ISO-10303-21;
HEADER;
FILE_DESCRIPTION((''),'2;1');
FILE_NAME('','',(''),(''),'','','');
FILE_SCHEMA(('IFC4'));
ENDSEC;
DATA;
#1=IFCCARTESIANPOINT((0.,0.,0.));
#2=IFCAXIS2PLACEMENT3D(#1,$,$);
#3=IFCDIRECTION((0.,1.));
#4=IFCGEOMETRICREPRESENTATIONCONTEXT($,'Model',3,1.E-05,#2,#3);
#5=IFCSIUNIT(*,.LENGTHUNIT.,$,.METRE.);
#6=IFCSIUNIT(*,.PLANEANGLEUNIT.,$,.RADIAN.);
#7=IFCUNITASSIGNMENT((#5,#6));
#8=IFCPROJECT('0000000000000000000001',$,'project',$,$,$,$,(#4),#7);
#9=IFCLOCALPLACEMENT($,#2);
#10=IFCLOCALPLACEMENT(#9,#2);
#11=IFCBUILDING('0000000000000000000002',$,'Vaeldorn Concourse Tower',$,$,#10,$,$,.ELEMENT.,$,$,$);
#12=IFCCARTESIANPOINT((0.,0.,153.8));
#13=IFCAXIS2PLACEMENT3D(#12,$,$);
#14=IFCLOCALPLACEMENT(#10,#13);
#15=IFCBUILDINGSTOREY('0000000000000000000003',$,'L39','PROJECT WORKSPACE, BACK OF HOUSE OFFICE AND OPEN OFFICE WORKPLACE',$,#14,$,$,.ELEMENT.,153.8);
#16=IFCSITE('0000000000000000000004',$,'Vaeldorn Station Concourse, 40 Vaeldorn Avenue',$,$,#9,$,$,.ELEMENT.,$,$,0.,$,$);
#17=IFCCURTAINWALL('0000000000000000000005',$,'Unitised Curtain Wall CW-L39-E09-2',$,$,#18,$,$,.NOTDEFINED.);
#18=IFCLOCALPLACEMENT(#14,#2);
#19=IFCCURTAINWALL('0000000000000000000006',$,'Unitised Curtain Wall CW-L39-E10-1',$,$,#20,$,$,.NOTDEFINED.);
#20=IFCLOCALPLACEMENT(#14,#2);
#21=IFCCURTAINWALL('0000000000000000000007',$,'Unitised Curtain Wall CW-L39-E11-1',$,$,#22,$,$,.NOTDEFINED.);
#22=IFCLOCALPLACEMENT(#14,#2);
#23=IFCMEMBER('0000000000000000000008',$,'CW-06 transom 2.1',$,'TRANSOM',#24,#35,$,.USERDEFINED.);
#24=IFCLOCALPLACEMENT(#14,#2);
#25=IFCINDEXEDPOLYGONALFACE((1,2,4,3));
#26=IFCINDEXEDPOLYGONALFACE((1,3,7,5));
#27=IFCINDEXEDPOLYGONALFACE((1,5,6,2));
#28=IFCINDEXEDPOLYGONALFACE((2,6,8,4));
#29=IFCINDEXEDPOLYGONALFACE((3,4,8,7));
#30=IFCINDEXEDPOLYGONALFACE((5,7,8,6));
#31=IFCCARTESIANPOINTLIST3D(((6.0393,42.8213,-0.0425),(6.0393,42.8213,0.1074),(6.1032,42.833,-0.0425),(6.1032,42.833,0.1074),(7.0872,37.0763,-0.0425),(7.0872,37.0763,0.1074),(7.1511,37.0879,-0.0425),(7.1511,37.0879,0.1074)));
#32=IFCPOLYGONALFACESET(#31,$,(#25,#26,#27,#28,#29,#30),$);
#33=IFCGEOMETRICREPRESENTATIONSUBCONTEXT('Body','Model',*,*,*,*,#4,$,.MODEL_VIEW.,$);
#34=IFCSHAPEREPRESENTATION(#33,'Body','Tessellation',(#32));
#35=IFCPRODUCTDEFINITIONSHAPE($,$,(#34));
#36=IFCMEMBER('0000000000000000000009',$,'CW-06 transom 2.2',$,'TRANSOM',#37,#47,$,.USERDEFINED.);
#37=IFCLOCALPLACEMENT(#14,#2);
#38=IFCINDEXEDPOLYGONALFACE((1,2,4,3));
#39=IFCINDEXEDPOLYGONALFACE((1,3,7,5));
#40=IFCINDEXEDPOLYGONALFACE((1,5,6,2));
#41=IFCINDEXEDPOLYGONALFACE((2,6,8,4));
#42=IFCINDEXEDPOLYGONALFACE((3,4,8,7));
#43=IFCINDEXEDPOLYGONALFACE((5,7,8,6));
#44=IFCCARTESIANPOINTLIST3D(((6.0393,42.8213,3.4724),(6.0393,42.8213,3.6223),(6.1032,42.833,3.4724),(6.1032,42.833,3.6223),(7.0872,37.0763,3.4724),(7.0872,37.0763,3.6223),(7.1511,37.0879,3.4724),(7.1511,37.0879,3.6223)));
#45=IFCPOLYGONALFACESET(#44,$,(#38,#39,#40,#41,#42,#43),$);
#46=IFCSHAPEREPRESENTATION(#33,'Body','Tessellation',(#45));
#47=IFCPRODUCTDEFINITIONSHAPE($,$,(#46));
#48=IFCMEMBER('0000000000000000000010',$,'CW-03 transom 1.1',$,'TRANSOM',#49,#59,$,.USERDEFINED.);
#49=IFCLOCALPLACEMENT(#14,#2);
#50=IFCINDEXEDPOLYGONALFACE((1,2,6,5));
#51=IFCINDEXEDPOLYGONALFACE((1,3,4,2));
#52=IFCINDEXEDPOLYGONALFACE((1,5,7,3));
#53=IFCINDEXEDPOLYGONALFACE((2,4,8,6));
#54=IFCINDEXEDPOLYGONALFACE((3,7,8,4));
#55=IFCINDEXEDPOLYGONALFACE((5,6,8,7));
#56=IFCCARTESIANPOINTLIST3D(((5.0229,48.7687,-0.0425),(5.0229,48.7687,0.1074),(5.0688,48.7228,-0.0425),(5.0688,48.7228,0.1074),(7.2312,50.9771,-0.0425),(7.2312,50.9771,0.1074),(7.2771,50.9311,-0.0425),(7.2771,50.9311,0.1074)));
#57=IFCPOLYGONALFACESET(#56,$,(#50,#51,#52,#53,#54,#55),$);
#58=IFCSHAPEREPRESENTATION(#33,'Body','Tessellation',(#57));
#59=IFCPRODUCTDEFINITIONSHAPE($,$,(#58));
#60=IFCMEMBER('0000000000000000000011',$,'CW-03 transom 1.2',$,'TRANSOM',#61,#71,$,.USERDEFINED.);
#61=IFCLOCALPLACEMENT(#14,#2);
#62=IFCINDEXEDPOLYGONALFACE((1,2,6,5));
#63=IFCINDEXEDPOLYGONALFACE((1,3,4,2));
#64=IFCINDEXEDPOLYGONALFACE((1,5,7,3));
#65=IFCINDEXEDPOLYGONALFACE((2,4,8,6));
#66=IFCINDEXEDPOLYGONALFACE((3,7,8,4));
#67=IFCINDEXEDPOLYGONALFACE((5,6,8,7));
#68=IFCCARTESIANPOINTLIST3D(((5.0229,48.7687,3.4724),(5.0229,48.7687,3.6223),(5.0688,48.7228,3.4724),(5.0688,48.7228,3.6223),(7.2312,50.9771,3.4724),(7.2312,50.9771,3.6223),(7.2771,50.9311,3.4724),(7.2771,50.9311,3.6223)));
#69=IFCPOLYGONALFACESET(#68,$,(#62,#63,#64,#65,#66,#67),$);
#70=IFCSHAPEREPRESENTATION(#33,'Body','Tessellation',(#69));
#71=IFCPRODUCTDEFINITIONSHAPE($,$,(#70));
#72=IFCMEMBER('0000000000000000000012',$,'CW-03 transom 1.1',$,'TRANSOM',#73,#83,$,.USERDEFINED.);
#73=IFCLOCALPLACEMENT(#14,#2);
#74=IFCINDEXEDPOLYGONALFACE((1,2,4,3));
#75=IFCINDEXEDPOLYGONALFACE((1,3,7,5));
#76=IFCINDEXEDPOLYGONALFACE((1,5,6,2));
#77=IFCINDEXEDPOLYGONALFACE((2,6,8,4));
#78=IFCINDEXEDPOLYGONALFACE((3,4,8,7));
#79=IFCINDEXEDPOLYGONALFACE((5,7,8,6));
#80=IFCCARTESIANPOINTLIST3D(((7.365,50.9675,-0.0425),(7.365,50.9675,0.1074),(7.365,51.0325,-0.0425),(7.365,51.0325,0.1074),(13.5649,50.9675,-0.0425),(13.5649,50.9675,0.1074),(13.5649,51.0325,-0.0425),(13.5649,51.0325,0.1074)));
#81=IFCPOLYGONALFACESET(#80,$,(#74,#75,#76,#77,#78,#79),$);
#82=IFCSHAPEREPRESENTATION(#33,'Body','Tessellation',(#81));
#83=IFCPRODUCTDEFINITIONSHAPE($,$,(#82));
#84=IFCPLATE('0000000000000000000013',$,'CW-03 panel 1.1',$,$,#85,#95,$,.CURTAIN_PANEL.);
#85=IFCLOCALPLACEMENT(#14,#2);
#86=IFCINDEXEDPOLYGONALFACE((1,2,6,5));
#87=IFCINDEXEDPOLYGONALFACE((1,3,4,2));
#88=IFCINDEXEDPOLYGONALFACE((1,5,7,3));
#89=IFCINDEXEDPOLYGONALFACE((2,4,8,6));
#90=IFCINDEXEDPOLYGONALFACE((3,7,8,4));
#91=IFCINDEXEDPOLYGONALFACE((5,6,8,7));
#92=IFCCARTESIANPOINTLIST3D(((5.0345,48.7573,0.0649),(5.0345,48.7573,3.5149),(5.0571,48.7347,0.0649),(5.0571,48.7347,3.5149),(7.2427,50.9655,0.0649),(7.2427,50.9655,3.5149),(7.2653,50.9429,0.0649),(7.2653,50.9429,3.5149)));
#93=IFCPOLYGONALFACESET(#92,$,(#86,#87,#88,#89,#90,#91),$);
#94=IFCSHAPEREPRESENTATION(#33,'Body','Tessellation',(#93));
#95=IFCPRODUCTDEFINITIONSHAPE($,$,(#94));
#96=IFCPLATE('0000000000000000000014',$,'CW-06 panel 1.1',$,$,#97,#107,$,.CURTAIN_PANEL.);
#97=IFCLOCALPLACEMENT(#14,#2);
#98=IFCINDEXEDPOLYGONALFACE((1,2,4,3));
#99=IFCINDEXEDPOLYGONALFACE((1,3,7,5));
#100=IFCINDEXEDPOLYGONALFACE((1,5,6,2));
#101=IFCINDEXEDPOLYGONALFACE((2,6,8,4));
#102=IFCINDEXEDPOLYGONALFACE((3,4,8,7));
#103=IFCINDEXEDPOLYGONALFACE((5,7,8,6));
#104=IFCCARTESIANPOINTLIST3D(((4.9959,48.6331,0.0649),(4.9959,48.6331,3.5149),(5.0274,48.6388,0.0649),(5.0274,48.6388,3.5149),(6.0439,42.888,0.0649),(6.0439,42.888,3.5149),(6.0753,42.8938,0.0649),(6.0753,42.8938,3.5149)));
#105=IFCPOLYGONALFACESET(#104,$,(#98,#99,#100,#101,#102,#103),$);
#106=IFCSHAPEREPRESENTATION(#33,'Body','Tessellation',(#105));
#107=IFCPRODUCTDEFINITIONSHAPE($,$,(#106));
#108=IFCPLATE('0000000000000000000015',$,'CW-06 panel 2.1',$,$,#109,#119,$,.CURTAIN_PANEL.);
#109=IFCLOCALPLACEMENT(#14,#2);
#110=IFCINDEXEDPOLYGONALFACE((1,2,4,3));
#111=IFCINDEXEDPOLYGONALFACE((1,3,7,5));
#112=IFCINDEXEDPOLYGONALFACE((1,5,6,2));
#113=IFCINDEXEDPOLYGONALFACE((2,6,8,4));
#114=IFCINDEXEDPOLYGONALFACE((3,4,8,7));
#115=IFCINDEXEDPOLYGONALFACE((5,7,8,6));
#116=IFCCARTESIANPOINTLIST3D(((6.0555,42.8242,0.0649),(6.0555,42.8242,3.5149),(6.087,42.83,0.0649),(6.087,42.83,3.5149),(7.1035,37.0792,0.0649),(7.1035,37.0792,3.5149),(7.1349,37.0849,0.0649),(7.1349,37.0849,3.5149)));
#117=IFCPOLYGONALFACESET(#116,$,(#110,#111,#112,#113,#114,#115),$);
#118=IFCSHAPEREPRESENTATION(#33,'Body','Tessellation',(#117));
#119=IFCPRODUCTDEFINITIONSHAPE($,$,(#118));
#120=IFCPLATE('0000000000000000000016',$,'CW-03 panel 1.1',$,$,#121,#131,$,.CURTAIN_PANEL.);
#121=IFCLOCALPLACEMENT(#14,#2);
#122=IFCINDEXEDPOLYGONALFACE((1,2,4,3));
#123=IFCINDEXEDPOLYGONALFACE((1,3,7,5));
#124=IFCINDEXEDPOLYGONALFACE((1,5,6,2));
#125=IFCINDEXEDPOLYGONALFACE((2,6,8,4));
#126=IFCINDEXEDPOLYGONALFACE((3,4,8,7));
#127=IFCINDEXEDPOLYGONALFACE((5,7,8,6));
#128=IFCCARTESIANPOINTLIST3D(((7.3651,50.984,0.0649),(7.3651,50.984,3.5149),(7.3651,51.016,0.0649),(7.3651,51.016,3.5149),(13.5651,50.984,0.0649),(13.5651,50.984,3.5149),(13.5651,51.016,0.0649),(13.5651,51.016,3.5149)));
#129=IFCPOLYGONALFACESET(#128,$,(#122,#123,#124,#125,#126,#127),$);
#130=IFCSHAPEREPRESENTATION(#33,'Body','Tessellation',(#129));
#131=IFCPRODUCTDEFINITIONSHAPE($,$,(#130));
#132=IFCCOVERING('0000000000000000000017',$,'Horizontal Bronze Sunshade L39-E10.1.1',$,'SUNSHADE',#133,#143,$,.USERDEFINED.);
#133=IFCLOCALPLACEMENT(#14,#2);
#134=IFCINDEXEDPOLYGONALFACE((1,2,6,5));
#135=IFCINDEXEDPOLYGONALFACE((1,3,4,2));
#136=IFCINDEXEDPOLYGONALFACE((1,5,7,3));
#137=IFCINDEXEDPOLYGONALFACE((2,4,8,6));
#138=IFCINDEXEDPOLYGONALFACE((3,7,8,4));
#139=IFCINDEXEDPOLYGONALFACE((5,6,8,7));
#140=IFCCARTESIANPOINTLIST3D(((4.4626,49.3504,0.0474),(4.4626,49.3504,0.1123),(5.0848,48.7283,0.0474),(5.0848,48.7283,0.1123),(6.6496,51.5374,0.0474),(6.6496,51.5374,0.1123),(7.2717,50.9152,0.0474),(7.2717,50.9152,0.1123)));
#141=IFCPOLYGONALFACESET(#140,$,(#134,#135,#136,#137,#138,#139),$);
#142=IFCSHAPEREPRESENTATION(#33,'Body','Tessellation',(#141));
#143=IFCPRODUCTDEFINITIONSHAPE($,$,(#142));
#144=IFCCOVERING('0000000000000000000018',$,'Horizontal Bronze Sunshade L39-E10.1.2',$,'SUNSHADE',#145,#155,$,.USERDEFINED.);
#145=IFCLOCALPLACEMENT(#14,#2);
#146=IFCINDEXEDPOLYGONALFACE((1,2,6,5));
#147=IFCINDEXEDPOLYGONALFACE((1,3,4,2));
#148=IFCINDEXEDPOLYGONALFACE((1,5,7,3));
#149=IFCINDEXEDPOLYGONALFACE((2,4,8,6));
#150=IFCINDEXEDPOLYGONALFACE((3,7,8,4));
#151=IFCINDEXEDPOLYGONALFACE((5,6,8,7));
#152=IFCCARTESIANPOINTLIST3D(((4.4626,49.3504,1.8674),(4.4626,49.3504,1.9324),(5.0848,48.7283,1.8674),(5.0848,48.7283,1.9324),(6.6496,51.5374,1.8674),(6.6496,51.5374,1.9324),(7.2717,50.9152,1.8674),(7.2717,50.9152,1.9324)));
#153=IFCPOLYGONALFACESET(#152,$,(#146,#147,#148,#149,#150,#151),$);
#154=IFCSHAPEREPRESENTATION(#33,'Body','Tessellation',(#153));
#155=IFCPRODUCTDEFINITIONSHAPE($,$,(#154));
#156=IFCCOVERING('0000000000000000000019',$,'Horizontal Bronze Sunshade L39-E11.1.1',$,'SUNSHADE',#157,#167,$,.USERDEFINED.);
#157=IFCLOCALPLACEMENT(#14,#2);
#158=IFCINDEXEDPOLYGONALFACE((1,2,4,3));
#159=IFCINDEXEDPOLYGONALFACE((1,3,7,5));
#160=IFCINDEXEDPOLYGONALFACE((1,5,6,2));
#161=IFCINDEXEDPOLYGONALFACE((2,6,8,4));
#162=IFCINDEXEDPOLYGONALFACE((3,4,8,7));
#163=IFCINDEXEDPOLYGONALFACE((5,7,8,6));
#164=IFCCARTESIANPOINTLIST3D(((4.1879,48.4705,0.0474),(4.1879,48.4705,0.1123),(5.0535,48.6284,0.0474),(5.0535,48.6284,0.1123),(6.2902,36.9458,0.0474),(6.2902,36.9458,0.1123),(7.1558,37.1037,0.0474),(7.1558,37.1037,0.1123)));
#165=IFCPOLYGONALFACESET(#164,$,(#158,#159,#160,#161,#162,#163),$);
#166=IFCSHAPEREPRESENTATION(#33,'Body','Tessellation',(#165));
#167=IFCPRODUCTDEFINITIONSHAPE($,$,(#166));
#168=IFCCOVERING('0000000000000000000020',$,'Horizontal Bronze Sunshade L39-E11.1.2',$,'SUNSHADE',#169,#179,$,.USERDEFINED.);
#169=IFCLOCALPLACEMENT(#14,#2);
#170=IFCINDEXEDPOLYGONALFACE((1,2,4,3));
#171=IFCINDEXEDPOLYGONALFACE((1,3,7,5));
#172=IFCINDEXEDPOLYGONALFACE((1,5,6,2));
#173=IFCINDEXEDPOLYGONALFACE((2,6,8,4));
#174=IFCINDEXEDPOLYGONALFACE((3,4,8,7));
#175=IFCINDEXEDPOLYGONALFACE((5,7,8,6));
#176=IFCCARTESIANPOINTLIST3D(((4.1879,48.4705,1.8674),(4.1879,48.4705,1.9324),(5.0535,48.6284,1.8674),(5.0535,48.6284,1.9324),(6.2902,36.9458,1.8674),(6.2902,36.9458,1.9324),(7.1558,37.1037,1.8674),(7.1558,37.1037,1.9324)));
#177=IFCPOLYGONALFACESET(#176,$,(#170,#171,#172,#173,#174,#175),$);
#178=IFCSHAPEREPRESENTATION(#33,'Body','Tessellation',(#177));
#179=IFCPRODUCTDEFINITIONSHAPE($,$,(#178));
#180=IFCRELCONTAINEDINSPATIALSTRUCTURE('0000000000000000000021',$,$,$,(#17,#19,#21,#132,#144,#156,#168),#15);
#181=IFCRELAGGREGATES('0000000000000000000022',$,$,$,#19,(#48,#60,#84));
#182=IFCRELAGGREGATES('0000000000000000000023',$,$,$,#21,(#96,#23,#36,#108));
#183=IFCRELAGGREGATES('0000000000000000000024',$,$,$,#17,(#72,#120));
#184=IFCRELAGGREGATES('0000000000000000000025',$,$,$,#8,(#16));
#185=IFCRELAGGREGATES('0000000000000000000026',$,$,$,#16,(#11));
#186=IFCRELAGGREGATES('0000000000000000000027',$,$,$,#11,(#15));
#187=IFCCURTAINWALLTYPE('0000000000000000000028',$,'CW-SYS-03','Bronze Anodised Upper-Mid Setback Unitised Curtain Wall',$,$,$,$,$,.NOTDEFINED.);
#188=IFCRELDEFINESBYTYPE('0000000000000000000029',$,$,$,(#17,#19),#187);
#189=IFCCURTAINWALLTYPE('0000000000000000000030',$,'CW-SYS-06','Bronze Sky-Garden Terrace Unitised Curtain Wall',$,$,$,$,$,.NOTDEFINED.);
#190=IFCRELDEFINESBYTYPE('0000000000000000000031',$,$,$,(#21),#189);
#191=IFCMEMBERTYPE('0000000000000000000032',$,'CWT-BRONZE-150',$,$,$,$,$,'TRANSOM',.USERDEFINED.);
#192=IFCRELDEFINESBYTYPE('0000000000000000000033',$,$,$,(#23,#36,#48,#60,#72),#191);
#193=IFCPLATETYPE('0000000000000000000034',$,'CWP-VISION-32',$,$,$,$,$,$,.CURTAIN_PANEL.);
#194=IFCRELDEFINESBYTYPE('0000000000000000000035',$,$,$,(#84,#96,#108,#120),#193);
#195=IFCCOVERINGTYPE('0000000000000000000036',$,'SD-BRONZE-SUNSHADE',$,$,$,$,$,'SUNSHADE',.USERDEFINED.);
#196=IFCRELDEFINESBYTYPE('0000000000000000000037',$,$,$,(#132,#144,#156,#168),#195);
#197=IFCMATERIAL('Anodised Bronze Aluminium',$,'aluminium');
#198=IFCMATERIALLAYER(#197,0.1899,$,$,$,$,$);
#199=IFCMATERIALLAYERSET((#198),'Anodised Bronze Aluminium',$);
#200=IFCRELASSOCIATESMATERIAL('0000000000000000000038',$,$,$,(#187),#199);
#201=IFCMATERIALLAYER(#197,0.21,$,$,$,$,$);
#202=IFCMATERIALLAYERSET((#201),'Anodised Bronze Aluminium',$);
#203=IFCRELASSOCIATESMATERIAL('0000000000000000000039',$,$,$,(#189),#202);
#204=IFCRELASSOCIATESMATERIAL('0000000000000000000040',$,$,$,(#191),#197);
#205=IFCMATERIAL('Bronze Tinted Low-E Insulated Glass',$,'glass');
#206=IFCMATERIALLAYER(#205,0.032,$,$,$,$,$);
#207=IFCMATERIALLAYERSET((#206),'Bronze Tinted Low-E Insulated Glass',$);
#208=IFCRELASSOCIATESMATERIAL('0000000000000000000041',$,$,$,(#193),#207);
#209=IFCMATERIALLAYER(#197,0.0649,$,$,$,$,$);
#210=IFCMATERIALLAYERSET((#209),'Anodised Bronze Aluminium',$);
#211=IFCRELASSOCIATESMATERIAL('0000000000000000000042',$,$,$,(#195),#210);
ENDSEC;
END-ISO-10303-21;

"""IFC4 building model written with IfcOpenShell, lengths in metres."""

from ifc_helpers import new_model, si_unit, direction, frame, origin, origin_2d, place, context, subcontext, project, spatial, rectangle, extrude, source, transform, mapped, material, layer, layer_set, material_profile, profile_set, type_object, element, aggregate, save


model = new_model("IFC4")

# Units and contexts
model_context = context("Model", 3, precision=1e-05, world=origin(), true_north=direction((0.0, 1.0)))
body_context = subcontext(model_context, "Body", "Model", "MODEL_VIEW")
ifc_project = project(units=[si_unit("LENGTHUNIT", "METRE"), si_unit("PLANEANGLEUNIT", "RADIAN")], contexts=[model_context])

# Site, building, storey
site_placement = place(None, origin())
site = spatial("IfcSite", under=ifc_project, at=site_placement, Name="Vaeldorn Station Concourse, 40 Vaeldorn Avenue", CompositionType="ELEMENT", RefElevation=0.0)
building_placement = place(site_placement, origin())
building = spatial("IfcBuilding", under=site, at=building_placement, Name="Vaeldorn Concourse Tower", CompositionType="ELEMENT")
storey_placement = place(building_placement, frame((0.0, 0.0, 153.8)))
storey = spatial("IfcBuildingStorey", under=building, at=storey_placement, Name="L39", Description="PROJECT WORKSPACE, BACK OF HOUSE OFFICE AND OPEN OFFICE WORKPLACE", CompositionType="ELEMENT", Elevation=153.8)

# Curtain wall
ifc_material_1 = material(Name="Anodised Bronze Aluminium", Category="aluminium")
ifc_layer_1 = layer(ifc_material_1, 0.1899)
ifc_layer_set_1 = layer_set([ifc_layer_1], Name="Anodised Bronze Aluminium")
curtain_wall_type_1 = type_object("IfcCurtainWallType", Name="CW-SYS-03", Description="Bronze Anodised Upper-Mid Setback Unitised Curtain Wall", PredefinedType="NOTDEFINED", material=ifc_layer_set_1)
curtain_wall_1_placement = place(storey_placement, origin())
curtain_wall_1 = element("IfcCurtainWall", 1, at=curtain_wall_1_placement, inside=storey, type_object=curtain_wall_type_1, Name="Unitised Curtain Wall CW-L39-E09-2", PredefinedType="NOTDEFINED")

# Curtain walls, members
curtain_wall_2_placement = place(storey_placement, origin())
curtain_wall_2 = element("IfcCurtainWall", 2, at=curtain_wall_2_placement, inside=storey, type_object=curtain_wall_type_1, Name="Unitised Curtain Wall CW-L39-E10-1", PredefinedType="NOTDEFINED")
ifc_layer_2 = layer(ifc_material_1, 0.21)
ifc_layer_set_2 = layer_set([ifc_layer_2], Name="Anodised Bronze Aluminium")
curtain_wall_type_2 = type_object("IfcCurtainWallType", Name="CW-SYS-06", Description="Bronze Sky-Garden Terrace Unitised Curtain Wall", PredefinedType="NOTDEFINED", material=ifc_layer_set_2)
curtain_wall_3_placement = place(storey_placement, origin())
curtain_wall_3 = element("IfcCurtainWall", 3, at=curtain_wall_3_placement, inside=storey, type_object=curtain_wall_type_2, Name="Unitised Curtain Wall CW-L39-E11-1", PredefinedType="NOTDEFINED")
ifc_material_profile_1 = material_profile(ifc_material_1, rectangle(XDim=0.0649, YDim=0.1499, at=origin_2d()), Name="CWT 65x150")
ifc_profile_set_1 = profile_set([ifc_material_profile_1], Name="Anodised Bronze Aluminium")
member_type_1 = type_object("IfcMemberType", Name="CWT-BRONZE-150", ElementType="TRANSOM", PredefinedType="USERDEFINED", material=ifc_profile_set_1)
shared_shape_1 = source(origin(), body_context, "Body", "SweptSolid", [
    extrude(rectangle(XDim=0.0649, YDim=0.1499, at=origin_2d()), origin(), (0.0, 0.0, 1.0), 5.8398),
])
member_1_placement = place(storey_placement, frame((6.0713, 42.8271, 0.0325), z_axis=(0.17943, -0.983771, 0.0), x_axis=(0.983771, 0.17943, 0.0)))
member_1 = element("IfcMember", 4, at=member_1_placement, type_object=member_type_1, Name="CW-06 transom 2.1", ObjectType="TRANSOM", PredefinedType="USERDEFINED", context=body_context, shape_type="MappedRepresentation", body=[
    mapped(shared_shape_1, transform((0.0, 0.0, 0.0), scale=1.0)),
])
member_2_placement = place(storey_placement, frame((6.0713, 42.8271, 3.5474), z_axis=(0.17943, -0.983771, 0.0), x_axis=(0.983771, 0.17943, 0.0)))
member_2 = element("IfcMember", 5, at=member_2_placement, type_object=member_type_1, Name="CW-06 transom 2.2", ObjectType="TRANSOM", PredefinedType="USERDEFINED", context=body_context, shape_type="MappedRepresentation", body=[
    mapped(shared_shape_1, transform((0.0, 0.0, 0.0), scale=1.0)),
])

# Members
shared_shape_2 = source(origin(), body_context, "Body", "SweptSolid", [
    extrude(rectangle(XDim=0.0649, YDim=0.1499, at=origin_2d()), origin(), (0.0, 0.0, 1.0), 3.123),
])
member_3_placement = place(storey_placement, frame((7.2542, 50.9541, 0.0325), z_axis=(-0.707107, -0.707107, 0.0), x_axis=(0.707107, -0.707107, 0.0)))
member_3 = element("IfcMember", 6, at=member_3_placement, type_object=member_type_1, Name="CW-03 transom 1.1", ObjectType="TRANSOM", PredefinedType="USERDEFINED", context=body_context, shape_type="MappedRepresentation", body=[
    mapped(shared_shape_2, transform((0.0, 0.0, 0.0), scale=1.0)),
])
member_4_placement = place(storey_placement, frame((7.2542, 50.9541, 3.5474), z_axis=(-0.707107, -0.707107, 0.0), x_axis=(0.707107, -0.707107, 0.0)))
member_4 = element("IfcMember", 7, at=member_4_placement, type_object=member_type_1, Name="CW-03 transom 1.2", ObjectType="TRANSOM", PredefinedType="USERDEFINED", context=body_context, shape_type="MappedRepresentation", body=[
    mapped(shared_shape_2, transform((0.0, 0.0, 0.0), scale=1.0)),
])
shared_shape_3 = source(origin(), body_context, "Body", "SweptSolid", [
    extrude(rectangle(XDim=0.0649, YDim=0.1499, at=origin_2d()), origin(), (0.0, 0.0, 1.0), 6.2),
])
member_5_placement = place(storey_placement, frame((13.5649, 51.0, 0.0325), z_axis=(-1.0, 0.0, 0.0), x_axis=(0.0, -1.0, 0.0)))
member_5 = element("IfcMember", 8, at=member_5_placement, type_object=member_type_1, Name="CW-03 transom 1.1", ObjectType="TRANSOM", PredefinedType="USERDEFINED", context=body_context, shape_type="MappedRepresentation", body=[
    mapped(shared_shape_3, transform((0.0, 0.0, 0.0), scale=1.0)),
])

# Plates
ifc_material_2 = material(Name="Bronze Tinted Low-E Insulated Glass", Category="glass")
ifc_layer_3 = layer(ifc_material_2, 0.032)
ifc_layer_set_3 = layer_set([ifc_layer_3], Name="Bronze Tinted Low-E Insulated Glass")
plate_type = type_object("IfcPlateType", Name="CWP-VISION-32", PredefinedType="CURTAIN_PANEL", material=ifc_layer_set_3)
shared_shape_4 = source(origin(), body_context, "Body", "SweptSolid", [
    extrude(rectangle(XDim=3.1228, YDim=0.032, at=origin_2d()), origin(), (0.0, 0.0, 1.0), 3.45),
])
plate_1_placement = place(storey_placement, frame((6.1499, 49.8501, 0.0649), z_axis=(0.0, 0.0, 1.0), x_axis=(-0.707107, -0.707107, 0.0)))
plate_1 = element("IfcPlate", 9, at=plate_1_placement, type_object=plate_type, Name="CW-03 panel 1.1", PredefinedType="CURTAIN_PANEL", context=body_context, shape_type="MappedRepresentation", body=[
    mapped(shared_shape_4, transform((0.0, 0.0, 0.0), scale=1.0)),
])
aggregate(curtain_wall_2, [member_3, member_4, plate_1])
shared_shape_5 = source(origin(), body_context, "Body", "SweptSolid", [
    extrude(rectangle(XDim=5.8398, YDim=0.032, at=origin_2d()), origin(), (0.0, 0.0, 1.0), 3.45),
])
plate_2_placement = place(storey_placement, frame((5.5356, 45.7634, 0.0649), z_axis=(0.0, 0.0, 1.0), x_axis=(0.179448, -0.983767, 0.0)))
plate_2 = element("IfcPlate", 10, at=plate_2_placement, type_object=plate_type, Name="CW-06 panel 1.1", PredefinedType="CURTAIN_PANEL", context=body_context, shape_type="MappedRepresentation", body=[
    mapped(shared_shape_5, transform((0.0, 0.0, 0.0), scale=1.0)),
])
plate_3_placement = place(storey_placement, frame((6.5952, 39.9546, 0.0649), z_axis=(0.0, 0.0, 1.0), x_axis=(0.179448, -0.983767, 0.0)))
plate_3 = element("IfcPlate", 11, at=plate_3_placement, type_object=plate_type, Name="CW-06 panel 2.1", PredefinedType="CURTAIN_PANEL", context=body_context, shape_type="MappedRepresentation", body=[
    mapped(shared_shape_5, transform((0.0, 0.0, 0.0), scale=1.0)),
])
aggregate(curtain_wall_3, [plate_2, member_1, member_2, plate_3])
shared_shape_6 = source(origin(), body_context, "Body", "SweptSolid", [
    extrude(rectangle(XDim=6.2, YDim=0.032, at=origin_2d()), origin(), (0.0, 0.0, 1.0), 3.45),
])
plate_4_placement = place(storey_placement, frame((10.4651, 51.0, 0.0649), z_axis=(0.0, 0.0, 1.0), x_axis=(-1.0, 0.0, 0.0)))
plate_4 = element("IfcPlate", 12, at=plate_4_placement, type_object=plate_type, Name="CW-03 panel 1.1", PredefinedType="CURTAIN_PANEL", context=body_context, shape_type="MappedRepresentation", body=[
    mapped(shared_shape_6, transform((0.0, 0.0, 0.0), scale=1.0)),
])
aggregate(curtain_wall_1, [member_5, plate_4])

# Coverings
ifc_layer_4 = layer(ifc_material_1, 0.0649)
ifc_layer_set_4 = layer_set([ifc_layer_4], Name="Anodised Bronze Aluminium")
covering_type = type_object("IfcCoveringType", Name="SD-BRONZE-SUNSHADE", ElementType="SUNSHADE", PredefinedType="USERDEFINED", material=ifc_layer_set_4)
shared_shape_7 = source(origin(), body_context, "Body", "SweptSolid", [
    extrude(rectangle(XDim=3.0928, YDim=0.8799, at=origin_2d()), origin(), (0.0, 0.0, 1.0), 0.0649),
])
for number, where, z_axis, x_axis, name in (
    (13, (5.8672, 50.1328, 0.0474), (0.0, 0.0, 1.0), (-0.707107, -0.707107, 0.0), "Horizontal Bronze Sunshade L39-E10.1.1"),
    (14, (5.8672, 50.1328, 1.8674), (0.0, 0.0, 1.0), (-0.707107, -0.707107, 0.0), "Horizontal Bronze Sunshade L39-E10.1.2"),
):
    element("IfcCovering", number, at=place(storey_placement, frame(where, z_axis=z_axis, x_axis=x_axis)), inside=storey, type_object=covering_type, Name=name, ObjectType="SUNSHADE", PredefinedType="USERDEFINED", context=body_context, shape_type="MappedRepresentation", body=[
        mapped(shared_shape_7, transform((0.0, 0.0, 0.0), scale=1.0)),
    ])
shared_shape_8 = source(origin(), body_context, "Body", "SweptSolid", [
    extrude(rectangle(XDim=11.7148, YDim=0.8799, at=origin_2d()), origin(), (0.0, 0.0, 1.0), 0.0649),
])
for number, where, z_axis, x_axis, name in (
    (15, (5.6719, 42.7871, 0.0474), (0.0, 0.0, 1.0), (0.179455, -0.983766, 0.0), "Horizontal Bronze Sunshade L39-E11.1.1"),
    (16, (5.6719, 42.7871, 1.8674), (0.0, 0.0, 1.0), (0.179455, -0.983766, 0.0), "Horizontal Bronze Sunshade L39-E11.1.2"),
):
    element("IfcCovering", number, at=place(storey_placement, frame(where, z_axis=z_axis, x_axis=x_axis)), inside=storey, type_object=covering_type, Name=name, ObjectType="SUNSHADE", PredefinedType="USERDEFINED", context=body_context, shape_type="MappedRepresentation", body=[
        mapped(shared_shape_8, transform((0.0, 0.0, 0.0), scale=1.0)),
    ])

save(model, "model.ifc")
